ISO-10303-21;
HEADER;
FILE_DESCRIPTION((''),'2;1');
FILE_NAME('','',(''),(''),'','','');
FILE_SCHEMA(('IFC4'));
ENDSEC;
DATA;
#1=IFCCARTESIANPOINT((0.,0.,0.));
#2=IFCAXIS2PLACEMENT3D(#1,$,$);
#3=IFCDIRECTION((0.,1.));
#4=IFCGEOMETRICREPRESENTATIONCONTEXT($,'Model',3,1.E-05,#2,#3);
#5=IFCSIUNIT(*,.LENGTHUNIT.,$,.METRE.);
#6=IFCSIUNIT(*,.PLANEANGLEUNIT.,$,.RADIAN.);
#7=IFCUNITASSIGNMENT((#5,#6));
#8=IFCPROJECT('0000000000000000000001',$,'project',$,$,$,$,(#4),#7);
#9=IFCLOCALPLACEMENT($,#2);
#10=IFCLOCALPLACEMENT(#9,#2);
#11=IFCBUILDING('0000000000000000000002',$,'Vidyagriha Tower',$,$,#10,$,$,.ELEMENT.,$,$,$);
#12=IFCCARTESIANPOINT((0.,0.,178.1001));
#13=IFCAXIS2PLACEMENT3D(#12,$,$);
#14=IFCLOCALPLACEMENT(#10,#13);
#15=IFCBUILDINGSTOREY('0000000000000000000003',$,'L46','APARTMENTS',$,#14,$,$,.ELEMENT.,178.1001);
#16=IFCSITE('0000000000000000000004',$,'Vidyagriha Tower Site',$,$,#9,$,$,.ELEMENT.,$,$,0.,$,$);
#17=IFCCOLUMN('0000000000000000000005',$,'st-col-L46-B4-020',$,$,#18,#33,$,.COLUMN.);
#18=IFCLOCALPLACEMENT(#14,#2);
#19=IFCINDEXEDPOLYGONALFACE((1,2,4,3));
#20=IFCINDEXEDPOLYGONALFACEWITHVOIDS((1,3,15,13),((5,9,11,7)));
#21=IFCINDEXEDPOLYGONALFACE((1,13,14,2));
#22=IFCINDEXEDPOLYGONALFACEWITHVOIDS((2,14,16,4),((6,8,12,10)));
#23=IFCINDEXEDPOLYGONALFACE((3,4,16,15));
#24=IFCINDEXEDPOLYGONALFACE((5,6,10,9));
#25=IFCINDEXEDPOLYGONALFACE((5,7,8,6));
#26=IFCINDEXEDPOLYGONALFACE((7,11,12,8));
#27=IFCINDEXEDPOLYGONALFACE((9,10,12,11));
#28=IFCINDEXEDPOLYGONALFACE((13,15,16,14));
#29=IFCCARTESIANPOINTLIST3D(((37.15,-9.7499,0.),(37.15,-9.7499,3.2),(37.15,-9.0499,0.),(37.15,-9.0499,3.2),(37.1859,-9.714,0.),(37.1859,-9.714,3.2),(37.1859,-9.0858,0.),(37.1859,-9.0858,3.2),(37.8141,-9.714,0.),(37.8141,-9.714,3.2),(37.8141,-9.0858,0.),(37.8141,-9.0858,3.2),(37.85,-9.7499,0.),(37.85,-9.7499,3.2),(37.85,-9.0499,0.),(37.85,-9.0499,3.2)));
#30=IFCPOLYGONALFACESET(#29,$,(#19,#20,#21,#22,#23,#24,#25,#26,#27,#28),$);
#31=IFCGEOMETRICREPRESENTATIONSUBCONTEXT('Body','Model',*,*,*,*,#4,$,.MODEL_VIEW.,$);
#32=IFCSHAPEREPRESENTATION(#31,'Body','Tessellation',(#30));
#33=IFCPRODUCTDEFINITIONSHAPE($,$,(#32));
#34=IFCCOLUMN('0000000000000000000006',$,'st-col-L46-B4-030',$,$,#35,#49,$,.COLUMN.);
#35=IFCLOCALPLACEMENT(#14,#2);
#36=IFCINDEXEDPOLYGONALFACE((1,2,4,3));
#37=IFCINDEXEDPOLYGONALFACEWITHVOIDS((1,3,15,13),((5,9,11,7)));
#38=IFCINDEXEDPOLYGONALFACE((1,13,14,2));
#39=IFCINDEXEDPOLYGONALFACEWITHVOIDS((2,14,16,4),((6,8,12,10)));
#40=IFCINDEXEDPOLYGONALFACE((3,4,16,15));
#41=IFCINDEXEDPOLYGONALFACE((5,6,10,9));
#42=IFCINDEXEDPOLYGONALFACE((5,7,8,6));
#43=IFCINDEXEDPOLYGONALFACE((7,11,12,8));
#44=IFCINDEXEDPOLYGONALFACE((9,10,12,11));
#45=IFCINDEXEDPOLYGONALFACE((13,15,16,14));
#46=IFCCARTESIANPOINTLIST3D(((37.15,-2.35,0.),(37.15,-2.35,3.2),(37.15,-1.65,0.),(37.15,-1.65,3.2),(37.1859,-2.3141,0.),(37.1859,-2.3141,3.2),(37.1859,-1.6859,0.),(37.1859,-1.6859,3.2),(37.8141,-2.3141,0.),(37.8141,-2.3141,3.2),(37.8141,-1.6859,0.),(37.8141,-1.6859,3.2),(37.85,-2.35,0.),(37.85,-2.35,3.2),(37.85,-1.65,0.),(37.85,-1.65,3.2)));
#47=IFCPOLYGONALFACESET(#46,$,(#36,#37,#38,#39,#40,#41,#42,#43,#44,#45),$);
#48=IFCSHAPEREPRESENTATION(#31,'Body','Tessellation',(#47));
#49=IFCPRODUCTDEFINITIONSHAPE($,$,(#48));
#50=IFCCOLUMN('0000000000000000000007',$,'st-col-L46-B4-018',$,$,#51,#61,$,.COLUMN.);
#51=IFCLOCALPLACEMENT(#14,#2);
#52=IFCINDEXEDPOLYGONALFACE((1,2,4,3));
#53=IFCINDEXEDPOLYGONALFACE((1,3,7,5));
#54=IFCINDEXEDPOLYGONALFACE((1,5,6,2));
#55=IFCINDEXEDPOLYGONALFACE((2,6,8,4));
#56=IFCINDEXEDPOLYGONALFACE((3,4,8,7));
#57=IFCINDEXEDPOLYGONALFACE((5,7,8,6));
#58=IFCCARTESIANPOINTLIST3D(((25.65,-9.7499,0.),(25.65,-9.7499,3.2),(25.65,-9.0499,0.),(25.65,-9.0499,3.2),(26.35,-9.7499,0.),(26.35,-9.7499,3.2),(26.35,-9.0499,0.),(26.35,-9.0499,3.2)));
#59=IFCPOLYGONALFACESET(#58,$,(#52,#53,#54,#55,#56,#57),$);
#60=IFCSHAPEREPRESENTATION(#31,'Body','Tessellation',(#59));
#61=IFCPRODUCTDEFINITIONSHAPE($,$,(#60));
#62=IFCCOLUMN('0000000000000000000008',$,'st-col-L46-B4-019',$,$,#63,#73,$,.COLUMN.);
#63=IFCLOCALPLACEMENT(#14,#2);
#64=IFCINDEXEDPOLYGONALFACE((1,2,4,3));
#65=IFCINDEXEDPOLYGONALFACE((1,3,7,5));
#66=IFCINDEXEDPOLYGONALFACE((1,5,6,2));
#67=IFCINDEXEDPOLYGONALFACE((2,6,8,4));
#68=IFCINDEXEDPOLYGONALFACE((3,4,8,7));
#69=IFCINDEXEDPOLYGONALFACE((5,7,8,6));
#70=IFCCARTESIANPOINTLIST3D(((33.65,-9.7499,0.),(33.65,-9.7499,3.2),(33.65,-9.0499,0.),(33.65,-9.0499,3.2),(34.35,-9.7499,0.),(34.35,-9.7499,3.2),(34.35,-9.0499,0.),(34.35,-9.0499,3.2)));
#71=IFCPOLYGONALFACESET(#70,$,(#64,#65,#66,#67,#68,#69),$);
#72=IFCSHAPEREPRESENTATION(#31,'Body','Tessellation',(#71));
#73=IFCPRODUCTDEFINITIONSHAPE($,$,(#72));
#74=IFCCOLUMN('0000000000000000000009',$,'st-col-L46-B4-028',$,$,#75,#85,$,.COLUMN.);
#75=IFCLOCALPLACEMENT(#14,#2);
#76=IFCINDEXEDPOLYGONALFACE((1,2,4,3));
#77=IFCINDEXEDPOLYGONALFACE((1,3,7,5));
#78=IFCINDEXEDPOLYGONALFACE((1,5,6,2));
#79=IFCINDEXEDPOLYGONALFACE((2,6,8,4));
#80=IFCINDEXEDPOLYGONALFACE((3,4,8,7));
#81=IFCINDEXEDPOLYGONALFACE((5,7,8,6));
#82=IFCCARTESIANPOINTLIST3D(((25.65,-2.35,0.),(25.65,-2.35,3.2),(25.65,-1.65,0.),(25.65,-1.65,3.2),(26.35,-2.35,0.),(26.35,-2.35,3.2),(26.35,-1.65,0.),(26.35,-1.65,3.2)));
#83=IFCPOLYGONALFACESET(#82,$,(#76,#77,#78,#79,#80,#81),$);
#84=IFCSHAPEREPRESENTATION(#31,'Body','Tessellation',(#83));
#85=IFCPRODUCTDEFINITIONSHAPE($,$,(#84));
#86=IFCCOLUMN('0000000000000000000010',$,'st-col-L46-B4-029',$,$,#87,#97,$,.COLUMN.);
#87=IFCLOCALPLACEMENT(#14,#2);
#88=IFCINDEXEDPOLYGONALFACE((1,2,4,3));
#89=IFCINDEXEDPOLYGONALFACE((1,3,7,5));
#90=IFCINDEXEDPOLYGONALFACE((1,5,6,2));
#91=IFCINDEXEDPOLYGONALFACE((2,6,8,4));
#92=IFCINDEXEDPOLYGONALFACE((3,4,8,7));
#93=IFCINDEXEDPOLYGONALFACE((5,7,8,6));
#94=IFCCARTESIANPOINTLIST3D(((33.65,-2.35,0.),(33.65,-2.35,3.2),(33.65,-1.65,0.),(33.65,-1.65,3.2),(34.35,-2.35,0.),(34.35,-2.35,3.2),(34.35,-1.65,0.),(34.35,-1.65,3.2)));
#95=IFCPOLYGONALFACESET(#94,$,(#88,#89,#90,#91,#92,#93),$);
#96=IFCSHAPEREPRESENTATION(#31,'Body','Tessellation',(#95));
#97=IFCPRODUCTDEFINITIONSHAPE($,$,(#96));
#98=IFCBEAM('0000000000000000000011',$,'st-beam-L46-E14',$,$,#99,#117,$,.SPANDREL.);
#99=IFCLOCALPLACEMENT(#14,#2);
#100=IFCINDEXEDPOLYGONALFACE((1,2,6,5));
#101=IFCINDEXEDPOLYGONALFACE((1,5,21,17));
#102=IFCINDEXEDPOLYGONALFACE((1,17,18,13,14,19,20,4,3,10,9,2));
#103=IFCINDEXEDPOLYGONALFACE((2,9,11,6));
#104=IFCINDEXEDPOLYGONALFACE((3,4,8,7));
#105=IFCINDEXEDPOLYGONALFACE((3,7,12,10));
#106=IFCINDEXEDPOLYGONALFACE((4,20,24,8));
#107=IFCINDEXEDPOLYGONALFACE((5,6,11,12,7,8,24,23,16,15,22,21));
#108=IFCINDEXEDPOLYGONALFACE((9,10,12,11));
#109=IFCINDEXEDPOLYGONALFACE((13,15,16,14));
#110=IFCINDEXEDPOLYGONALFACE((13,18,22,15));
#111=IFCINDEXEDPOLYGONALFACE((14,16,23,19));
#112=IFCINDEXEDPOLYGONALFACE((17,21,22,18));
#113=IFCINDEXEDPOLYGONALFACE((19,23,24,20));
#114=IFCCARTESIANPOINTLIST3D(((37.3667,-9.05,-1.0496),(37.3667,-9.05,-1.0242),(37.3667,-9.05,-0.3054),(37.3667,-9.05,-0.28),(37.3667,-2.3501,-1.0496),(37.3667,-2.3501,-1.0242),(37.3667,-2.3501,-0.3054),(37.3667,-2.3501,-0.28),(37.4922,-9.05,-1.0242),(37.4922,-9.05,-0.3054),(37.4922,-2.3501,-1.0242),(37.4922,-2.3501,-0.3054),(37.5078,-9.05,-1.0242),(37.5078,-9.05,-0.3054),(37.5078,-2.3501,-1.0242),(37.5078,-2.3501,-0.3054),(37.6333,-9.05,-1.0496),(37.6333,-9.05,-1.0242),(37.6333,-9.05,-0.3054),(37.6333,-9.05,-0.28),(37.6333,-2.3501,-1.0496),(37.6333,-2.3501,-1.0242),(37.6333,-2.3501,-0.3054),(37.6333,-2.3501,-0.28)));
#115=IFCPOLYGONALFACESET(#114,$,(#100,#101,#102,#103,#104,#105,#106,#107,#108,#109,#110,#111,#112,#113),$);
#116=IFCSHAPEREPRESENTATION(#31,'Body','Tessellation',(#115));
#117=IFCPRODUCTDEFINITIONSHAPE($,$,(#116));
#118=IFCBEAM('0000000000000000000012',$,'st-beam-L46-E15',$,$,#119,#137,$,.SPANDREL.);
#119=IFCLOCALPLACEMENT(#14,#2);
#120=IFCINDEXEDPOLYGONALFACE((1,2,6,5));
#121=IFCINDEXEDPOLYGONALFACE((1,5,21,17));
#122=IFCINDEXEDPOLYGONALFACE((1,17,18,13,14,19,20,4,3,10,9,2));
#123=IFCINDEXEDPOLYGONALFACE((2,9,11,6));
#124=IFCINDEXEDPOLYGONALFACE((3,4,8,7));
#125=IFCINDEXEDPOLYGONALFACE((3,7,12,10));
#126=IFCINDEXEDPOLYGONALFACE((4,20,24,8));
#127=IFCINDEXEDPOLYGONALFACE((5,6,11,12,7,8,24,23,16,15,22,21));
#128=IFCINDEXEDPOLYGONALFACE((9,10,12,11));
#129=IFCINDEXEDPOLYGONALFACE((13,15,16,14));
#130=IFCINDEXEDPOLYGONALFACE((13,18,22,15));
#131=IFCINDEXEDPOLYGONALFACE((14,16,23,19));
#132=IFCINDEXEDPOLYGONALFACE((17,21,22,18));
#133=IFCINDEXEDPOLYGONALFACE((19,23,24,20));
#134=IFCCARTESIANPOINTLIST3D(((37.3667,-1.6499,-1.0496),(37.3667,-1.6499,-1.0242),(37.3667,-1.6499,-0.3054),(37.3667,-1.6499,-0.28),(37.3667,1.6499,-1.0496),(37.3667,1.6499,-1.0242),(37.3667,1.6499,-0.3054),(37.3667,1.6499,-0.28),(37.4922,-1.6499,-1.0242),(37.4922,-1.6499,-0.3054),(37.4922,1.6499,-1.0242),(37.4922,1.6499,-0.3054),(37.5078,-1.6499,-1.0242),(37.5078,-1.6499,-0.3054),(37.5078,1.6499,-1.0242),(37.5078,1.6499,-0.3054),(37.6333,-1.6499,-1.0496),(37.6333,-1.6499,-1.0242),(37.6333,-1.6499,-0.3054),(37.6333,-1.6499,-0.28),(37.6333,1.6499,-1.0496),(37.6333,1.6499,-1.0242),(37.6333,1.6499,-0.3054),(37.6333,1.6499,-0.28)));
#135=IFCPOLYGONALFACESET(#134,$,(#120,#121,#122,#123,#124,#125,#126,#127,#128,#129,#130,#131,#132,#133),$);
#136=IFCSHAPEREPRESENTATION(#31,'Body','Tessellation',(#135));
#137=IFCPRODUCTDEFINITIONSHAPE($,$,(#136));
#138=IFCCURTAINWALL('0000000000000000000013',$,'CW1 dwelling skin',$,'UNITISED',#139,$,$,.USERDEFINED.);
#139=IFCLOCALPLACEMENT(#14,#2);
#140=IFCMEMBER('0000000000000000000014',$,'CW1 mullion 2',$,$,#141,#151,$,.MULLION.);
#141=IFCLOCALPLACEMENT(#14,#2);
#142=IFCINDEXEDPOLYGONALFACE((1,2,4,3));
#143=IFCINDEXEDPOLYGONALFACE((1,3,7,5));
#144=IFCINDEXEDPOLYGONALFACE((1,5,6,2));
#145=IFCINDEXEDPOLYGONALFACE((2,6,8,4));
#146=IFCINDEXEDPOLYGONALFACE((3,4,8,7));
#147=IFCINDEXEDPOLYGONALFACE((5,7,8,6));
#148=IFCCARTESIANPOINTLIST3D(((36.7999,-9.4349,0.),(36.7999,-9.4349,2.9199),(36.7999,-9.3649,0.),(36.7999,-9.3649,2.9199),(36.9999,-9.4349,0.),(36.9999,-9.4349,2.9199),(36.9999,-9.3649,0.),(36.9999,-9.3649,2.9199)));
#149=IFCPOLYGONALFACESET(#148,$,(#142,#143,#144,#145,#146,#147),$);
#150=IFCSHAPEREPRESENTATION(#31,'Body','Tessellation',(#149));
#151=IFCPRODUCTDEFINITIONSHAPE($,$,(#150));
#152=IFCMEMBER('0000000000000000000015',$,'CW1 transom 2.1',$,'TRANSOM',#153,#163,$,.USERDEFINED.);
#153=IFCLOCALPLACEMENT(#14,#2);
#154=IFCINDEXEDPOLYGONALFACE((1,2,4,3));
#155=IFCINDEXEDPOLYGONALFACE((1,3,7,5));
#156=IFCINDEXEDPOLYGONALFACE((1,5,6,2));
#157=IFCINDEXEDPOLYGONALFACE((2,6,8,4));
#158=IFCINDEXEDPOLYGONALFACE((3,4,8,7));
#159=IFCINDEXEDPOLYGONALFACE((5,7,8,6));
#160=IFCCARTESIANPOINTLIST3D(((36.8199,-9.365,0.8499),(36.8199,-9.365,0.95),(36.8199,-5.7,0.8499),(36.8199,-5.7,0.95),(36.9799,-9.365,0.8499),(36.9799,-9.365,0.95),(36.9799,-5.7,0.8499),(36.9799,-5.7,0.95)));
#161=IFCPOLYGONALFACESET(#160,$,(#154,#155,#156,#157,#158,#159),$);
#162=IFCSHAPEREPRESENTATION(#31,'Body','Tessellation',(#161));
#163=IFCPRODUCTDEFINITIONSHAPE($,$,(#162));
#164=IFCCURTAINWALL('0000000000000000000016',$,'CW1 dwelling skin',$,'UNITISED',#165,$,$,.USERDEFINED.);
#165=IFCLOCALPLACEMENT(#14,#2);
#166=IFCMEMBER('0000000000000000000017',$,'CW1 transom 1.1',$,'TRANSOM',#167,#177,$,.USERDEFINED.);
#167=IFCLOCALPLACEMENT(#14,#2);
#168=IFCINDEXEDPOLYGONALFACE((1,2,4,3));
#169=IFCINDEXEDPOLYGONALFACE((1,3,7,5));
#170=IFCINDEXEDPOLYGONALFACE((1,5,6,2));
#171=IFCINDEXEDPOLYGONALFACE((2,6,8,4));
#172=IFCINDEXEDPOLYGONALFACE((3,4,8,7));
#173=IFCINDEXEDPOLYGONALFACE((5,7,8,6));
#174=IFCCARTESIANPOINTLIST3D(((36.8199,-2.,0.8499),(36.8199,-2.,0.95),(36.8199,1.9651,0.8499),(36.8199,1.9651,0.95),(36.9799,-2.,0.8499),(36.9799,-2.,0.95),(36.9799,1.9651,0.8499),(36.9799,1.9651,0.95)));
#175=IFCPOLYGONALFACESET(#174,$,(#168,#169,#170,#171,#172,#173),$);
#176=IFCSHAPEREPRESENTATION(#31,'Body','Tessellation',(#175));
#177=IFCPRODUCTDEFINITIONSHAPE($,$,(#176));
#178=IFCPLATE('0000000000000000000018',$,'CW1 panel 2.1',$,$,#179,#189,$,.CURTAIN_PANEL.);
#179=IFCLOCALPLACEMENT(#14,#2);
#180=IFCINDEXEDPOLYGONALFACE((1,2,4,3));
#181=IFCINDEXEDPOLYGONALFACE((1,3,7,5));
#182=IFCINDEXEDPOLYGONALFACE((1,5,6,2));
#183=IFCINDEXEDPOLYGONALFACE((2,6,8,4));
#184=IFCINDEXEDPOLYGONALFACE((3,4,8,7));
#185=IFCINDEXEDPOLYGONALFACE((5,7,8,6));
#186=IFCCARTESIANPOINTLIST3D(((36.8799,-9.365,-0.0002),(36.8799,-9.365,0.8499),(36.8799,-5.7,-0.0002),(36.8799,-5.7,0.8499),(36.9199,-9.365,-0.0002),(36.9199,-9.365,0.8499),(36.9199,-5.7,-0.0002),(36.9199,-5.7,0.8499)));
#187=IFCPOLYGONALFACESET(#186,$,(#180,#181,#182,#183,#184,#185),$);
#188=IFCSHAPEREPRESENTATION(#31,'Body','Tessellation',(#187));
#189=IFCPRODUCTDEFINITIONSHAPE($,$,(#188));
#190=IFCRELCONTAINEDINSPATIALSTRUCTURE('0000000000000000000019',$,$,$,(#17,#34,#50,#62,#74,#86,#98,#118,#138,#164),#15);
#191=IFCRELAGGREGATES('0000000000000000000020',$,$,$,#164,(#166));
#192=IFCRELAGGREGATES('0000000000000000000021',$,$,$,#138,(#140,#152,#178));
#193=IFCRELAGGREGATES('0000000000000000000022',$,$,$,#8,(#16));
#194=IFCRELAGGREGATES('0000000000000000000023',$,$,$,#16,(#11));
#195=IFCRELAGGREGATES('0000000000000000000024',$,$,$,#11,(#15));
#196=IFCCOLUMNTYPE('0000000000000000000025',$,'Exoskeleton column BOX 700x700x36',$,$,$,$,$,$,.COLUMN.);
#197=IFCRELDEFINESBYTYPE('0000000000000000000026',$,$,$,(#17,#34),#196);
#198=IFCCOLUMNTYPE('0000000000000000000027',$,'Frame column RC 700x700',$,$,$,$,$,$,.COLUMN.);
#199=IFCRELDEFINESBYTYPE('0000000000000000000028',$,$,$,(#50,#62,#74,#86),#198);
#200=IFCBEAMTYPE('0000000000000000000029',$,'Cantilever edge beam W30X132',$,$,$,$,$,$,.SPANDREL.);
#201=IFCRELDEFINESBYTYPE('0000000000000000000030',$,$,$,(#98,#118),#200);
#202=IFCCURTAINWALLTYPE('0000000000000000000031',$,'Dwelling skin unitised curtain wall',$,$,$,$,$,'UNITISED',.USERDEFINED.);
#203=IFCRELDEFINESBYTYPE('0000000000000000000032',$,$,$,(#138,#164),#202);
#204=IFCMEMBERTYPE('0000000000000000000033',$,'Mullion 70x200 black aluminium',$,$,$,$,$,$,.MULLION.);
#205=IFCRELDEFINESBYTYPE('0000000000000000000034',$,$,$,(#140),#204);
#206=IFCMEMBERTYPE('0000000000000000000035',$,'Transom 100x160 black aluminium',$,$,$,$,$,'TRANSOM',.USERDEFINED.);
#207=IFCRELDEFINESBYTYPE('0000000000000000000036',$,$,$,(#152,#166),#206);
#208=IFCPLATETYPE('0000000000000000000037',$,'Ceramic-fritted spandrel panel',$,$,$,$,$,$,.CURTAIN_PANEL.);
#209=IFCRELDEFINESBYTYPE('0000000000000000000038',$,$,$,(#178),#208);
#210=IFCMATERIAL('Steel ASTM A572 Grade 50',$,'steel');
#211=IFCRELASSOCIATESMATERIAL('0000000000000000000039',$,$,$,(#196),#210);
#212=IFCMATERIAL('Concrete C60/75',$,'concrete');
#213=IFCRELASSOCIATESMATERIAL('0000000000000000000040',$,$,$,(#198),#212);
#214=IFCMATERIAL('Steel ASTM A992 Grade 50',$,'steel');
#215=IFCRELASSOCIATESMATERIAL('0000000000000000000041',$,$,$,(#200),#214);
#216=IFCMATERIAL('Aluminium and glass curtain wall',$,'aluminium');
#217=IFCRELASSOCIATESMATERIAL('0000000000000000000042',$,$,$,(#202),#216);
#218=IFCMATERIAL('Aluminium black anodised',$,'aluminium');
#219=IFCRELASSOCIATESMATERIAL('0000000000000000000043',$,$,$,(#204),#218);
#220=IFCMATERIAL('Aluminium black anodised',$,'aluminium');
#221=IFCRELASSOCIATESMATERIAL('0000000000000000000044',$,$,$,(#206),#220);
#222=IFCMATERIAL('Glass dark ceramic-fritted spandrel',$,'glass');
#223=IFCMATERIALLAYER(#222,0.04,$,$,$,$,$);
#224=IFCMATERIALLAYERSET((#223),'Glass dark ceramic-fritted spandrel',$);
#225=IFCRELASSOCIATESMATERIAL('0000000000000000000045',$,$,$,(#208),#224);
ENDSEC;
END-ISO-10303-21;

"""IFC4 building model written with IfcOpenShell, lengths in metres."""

from ifc_helpers import new_model, si_unit, direction, frame, origin, origin_2d, place, context, subcontext, project, spatial, rectangle, hollow_rectangle, i_section, extrude, material, layer, layer_set, material_profile, profile_set, type_object, element, aggregate, save


model = new_model("IFC4")

# Units and contexts
model_context = context("Model", 3, precision=1e-05, world=origin(), true_north=direction((0.0, 1.0)))
body_context = subcontext(model_context, "Body", "Model", "MODEL_VIEW")
ifc_project = project(units=[si_unit("LENGTHUNIT", "METRE"), si_unit("PLANEANGLEUNIT", "RADIAN")], contexts=[model_context])

# Site, building, storey
site_placement = place(None, origin())
site = spatial("IfcSite", under=ifc_project, at=site_placement, Name="Vidyagriha Tower Site", CompositionType="ELEMENT", RefElevation=0.0)
building_placement = place(site_placement, origin())
building = spatial("IfcBuilding", under=site, at=building_placement, Name="Vidyagriha Tower", CompositionType="ELEMENT")
storey_placement = place(building_placement, frame((0.0, 0.0, 178.1001)))
storey = spatial("IfcBuildingStorey", under=building, at=storey_placement, Name="L46", Description="APARTMENTS", CompositionType="ELEMENT", Elevation=178.1001)

# Columns
ifc_material_1 = material(Name="Steel ASTM A572 Grade 50", Category="steel")
ifc_material_profile_1 = material_profile(ifc_material_1, hollow_rectangle(XDim=0.7, YDim=0.7, WallThickness=0.0359, at=origin_2d()), Name="BOX 700x700x36")
ifc_profile_set_1 = profile_set([ifc_material_profile_1], Name="Steel ASTM A572 Grade 50")
column_type_1 = type_object("IfcColumnType", Name="Exoskeleton column BOX 700x700x36", PredefinedType="COLUMN", material=ifc_profile_set_1)
for number, where, name in (
    (1, (37.5, -9.3999, 0.0), "st-col-L46-B4-020"),
    (2, (37.5, -2.0, 0.0), "st-col-L46-B4-030"),
):
    element("IfcColumn", number, at=place(storey_placement, frame(where)), inside=storey, type_object=column_type_1, Name=name, PredefinedType="COLUMN", context=body_context, shape_type="SweptSolid", body=[
        extrude(hollow_rectangle(XDim=0.7, YDim=0.7, WallThickness=0.0359, at=origin_2d()), origin(), (0.0, 0.0, 1.0), 3.2),
    ])
ifc_material_2 = material(Name="Concrete C60/75", Category="concrete")
ifc_material_profile_2 = material_profile(ifc_material_2, rectangle(XDim=0.7, YDim=0.7, at=origin_2d()), Name="RC 700x700")
ifc_profile_set_2 = profile_set([ifc_material_profile_2], Name="Concrete C60/75")
column_type_2 = type_object("IfcColumnType", Name="Frame column RC 700x700", PredefinedType="COLUMN", material=ifc_profile_set_2)
for number, where, name in (
    (3, (26.0, -9.3999, 0.0), "st-col-L46-B4-018"),
    (4, (34.0, -9.3999, 0.0), "st-col-L46-B4-019"),
    (5, (26.0, -2.0, 0.0), "st-col-L46-B4-028"),
    (6, (34.0, -2.0, 0.0), "st-col-L46-B4-029"),
):
    element("IfcColumn", number, at=place(storey_placement, frame(where)), inside=storey, type_object=column_type_2, Name=name, PredefinedType="COLUMN", context=body_context, shape_type="SweptSolid", body=[
        extrude(rectangle(XDim=0.7, YDim=0.7, at=origin_2d()), origin(), (0.0, 0.0, 1.0), 3.2),
    ])

# Beams
ifc_material_3 = material(Name="Steel ASTM A992 Grade 50", Category="steel")
ifc_material_profile_3 = material_profile(ifc_material_3, i_section(OverallWidth=0.2666, OverallDepth=0.7695, WebThickness=0.0156, FlangeThickness=0.0254, at=origin_2d()), Name="W30X132")
ifc_profile_set_3 = profile_set([ifc_material_profile_3], Name="Steel ASTM A992 Grade 50")
beam_type = type_object("IfcBeamType", Name="Cantilever edge beam W30X132", PredefinedType="SPANDREL", material=ifc_profile_set_3)
beam_1_placement = place(storey_placement, frame((37.5, -9.05, -0.6648), z_axis=(0.0, 1.0, 0.0), x_axis=(-1.0, 0.0, 0.0)))
element("IfcBeam", 7, at=beam_1_placement, inside=storey, type_object=beam_type, Name="st-beam-L46-E14", PredefinedType="SPANDREL", context=body_context, shape_type="SweptSolid", body=[
    extrude(i_section(OverallWidth=0.2666, OverallDepth=0.7695, WebThickness=0.0156, FlangeThickness=0.0254, at=origin_2d()), origin(), (0.0, 0.0, 1.0), 6.7),
])
beam_2_placement = place(storey_placement, frame((37.5, -1.6499, -0.6648), z_axis=(0.0, 1.0, 0.0), x_axis=(-1.0, 0.0, 0.0)))
element("IfcBeam", 8, at=beam_2_placement, inside=storey, type_object=beam_type, Name="st-beam-L46-E15", PredefinedType="SPANDREL", context=body_context, shape_type="SweptSolid", body=[
    extrude(i_section(OverallWidth=0.2666, OverallDepth=0.7695, WebThickness=0.0156, FlangeThickness=0.0254, at=origin_2d()), origin(), (0.0, 0.0, 1.0), 3.2998),
])

# Curtain wall, members
ifc_material_4 = material(Name="Aluminium and glass curtain wall", Category="aluminium")
curtain_wall_type = type_object("IfcCurtainWallType", Name="Dwelling skin unitised curtain wall", ElementType="UNITISED", PredefinedType="USERDEFINED", material=ifc_material_4)
curtain_wall_1_placement = place(storey_placement, origin())
curtain_wall_1 = element("IfcCurtainWall", 9, at=curtain_wall_1_placement, inside=storey, type_object=curtain_wall_type, Name="CW1 dwelling skin", ObjectType="UNITISED", PredefinedType="USERDEFINED")
ifc_material_5 = material(Name="Aluminium black anodised", Category="aluminium")
ifc_material_profile_4 = material_profile(ifc_material_5, rectangle(XDim=0.2, YDim=0.0701, at=origin_2d()), Name="Mullion 70x200 black aluminium")
ifc_profile_set_4 = profile_set([ifc_material_profile_4], Name="Aluminium black anodised")
member_type_1 = type_object("IfcMemberType", Name="Mullion 70x200 black aluminium", PredefinedType="MULLION", material=ifc_profile_set_4)
member_1_placement = place(storey_placement, frame((36.8999, -9.3999, 0.0), z_axis=(0.0, 0.0, 1.0), x_axis=(-1.0, 0.0, 0.0)))
member_1 = element("IfcMember", 10, at=member_1_placement, type_object=member_type_1, Name="CW1 mullion 2", PredefinedType="MULLION", context=body_context, shape_type="SweptSolid", body=[
    extrude(rectangle(XDim=0.2, YDim=0.0701, at=origin_2d()), origin(), (0.0, 0.0, 1.0), 2.9199),
])
ifc_material_6 = material(Name="Aluminium black anodised", Category="aluminium")
ifc_material_profile_5 = material_profile(ifc_material_6, rectangle(XDim=0.1599, YDim=0.1001, at=origin_2d()), Name="Transom 100x160 black aluminium")
ifc_profile_set_5 = profile_set([ifc_material_profile_5], Name="Aluminium black anodised")
member_type_2 = type_object("IfcMemberType", Name="Transom 100x160 black aluminium", ElementType="TRANSOM", PredefinedType="USERDEFINED", material=ifc_profile_set_5)
member_2_placement = place(storey_placement, frame((36.8999, -9.365, 0.8999), z_axis=(0.0, 1.0, 0.0), x_axis=(-1.0, 0.0, 0.0)))
member_2 = element("IfcMember", 11, at=member_2_placement, type_object=member_type_2, Name="CW1 transom 2.1", ObjectType="TRANSOM", PredefinedType="USERDEFINED", context=body_context, shape_type="SweptSolid", body=[
    extrude(rectangle(XDim=0.1599, YDim=0.1001, at=origin_2d()), origin(), (0.0, 0.0, 1.0), 3.665),
])

# Curtain wall, member
curtain_wall_2_placement = place(storey_placement, origin())
curtain_wall_2 = element("IfcCurtainWall", 12, at=curtain_wall_2_placement, inside=storey, type_object=curtain_wall_type, Name="CW1 dwelling skin", ObjectType="UNITISED", PredefinedType="USERDEFINED")
member_3_placement = place(storey_placement, frame((36.8999, -2.0, 0.8999), z_axis=(0.0, 1.0, 0.0), x_axis=(-1.0, 0.0, 0.0)))
member_3 = element("IfcMember", 13, at=member_3_placement, type_object=member_type_2, Name="CW1 transom 1.1", ObjectType="TRANSOM", PredefinedType="USERDEFINED", context=body_context, shape_type="SweptSolid", body=[
    extrude(rectangle(XDim=0.1599, YDim=0.1001, at=origin_2d()), origin(), (0.0, 0.0, 1.0), 3.9651),
])
aggregate(curtain_wall_2, [member_3])

# Plate
ifc_material_7 = material(Name="Glass dark ceramic-fritted spandrel", Category="glass")
ifc_layer_1 = layer(ifc_material_7, 0.04)
ifc_layer_set_1 = layer_set([ifc_layer_1], Name="Glass dark ceramic-fritted spandrel")
plate_type_1 = type_object("IfcPlateType", Name="Ceramic-fritted spandrel panel", PredefinedType="CURTAIN_PANEL", material=ifc_layer_set_1)
plate_1_placement = place(storey_placement, frame((36.8999, -7.5325, -0.0002), z_axis=(0.0, 0.0, 1.0), x_axis=(0.0, 1.0, 0.0)))
plate_1 = element("IfcPlate", 14, at=plate_1_placement, type_object=plate_type_1, Name="CW1 panel 2.1", PredefinedType="CURTAIN_PANEL", context=body_context, shape_type="SweptSolid", body=[
    extrude(rectangle(XDim=3.665, YDim=0.04, at=origin_2d()), origin(), (0.0, 0.0, 1.0), 0.8501),
])
aggregate(curtain_wall_1, [member_1, member_2, plate_1])

save(model, "model.ifc")
